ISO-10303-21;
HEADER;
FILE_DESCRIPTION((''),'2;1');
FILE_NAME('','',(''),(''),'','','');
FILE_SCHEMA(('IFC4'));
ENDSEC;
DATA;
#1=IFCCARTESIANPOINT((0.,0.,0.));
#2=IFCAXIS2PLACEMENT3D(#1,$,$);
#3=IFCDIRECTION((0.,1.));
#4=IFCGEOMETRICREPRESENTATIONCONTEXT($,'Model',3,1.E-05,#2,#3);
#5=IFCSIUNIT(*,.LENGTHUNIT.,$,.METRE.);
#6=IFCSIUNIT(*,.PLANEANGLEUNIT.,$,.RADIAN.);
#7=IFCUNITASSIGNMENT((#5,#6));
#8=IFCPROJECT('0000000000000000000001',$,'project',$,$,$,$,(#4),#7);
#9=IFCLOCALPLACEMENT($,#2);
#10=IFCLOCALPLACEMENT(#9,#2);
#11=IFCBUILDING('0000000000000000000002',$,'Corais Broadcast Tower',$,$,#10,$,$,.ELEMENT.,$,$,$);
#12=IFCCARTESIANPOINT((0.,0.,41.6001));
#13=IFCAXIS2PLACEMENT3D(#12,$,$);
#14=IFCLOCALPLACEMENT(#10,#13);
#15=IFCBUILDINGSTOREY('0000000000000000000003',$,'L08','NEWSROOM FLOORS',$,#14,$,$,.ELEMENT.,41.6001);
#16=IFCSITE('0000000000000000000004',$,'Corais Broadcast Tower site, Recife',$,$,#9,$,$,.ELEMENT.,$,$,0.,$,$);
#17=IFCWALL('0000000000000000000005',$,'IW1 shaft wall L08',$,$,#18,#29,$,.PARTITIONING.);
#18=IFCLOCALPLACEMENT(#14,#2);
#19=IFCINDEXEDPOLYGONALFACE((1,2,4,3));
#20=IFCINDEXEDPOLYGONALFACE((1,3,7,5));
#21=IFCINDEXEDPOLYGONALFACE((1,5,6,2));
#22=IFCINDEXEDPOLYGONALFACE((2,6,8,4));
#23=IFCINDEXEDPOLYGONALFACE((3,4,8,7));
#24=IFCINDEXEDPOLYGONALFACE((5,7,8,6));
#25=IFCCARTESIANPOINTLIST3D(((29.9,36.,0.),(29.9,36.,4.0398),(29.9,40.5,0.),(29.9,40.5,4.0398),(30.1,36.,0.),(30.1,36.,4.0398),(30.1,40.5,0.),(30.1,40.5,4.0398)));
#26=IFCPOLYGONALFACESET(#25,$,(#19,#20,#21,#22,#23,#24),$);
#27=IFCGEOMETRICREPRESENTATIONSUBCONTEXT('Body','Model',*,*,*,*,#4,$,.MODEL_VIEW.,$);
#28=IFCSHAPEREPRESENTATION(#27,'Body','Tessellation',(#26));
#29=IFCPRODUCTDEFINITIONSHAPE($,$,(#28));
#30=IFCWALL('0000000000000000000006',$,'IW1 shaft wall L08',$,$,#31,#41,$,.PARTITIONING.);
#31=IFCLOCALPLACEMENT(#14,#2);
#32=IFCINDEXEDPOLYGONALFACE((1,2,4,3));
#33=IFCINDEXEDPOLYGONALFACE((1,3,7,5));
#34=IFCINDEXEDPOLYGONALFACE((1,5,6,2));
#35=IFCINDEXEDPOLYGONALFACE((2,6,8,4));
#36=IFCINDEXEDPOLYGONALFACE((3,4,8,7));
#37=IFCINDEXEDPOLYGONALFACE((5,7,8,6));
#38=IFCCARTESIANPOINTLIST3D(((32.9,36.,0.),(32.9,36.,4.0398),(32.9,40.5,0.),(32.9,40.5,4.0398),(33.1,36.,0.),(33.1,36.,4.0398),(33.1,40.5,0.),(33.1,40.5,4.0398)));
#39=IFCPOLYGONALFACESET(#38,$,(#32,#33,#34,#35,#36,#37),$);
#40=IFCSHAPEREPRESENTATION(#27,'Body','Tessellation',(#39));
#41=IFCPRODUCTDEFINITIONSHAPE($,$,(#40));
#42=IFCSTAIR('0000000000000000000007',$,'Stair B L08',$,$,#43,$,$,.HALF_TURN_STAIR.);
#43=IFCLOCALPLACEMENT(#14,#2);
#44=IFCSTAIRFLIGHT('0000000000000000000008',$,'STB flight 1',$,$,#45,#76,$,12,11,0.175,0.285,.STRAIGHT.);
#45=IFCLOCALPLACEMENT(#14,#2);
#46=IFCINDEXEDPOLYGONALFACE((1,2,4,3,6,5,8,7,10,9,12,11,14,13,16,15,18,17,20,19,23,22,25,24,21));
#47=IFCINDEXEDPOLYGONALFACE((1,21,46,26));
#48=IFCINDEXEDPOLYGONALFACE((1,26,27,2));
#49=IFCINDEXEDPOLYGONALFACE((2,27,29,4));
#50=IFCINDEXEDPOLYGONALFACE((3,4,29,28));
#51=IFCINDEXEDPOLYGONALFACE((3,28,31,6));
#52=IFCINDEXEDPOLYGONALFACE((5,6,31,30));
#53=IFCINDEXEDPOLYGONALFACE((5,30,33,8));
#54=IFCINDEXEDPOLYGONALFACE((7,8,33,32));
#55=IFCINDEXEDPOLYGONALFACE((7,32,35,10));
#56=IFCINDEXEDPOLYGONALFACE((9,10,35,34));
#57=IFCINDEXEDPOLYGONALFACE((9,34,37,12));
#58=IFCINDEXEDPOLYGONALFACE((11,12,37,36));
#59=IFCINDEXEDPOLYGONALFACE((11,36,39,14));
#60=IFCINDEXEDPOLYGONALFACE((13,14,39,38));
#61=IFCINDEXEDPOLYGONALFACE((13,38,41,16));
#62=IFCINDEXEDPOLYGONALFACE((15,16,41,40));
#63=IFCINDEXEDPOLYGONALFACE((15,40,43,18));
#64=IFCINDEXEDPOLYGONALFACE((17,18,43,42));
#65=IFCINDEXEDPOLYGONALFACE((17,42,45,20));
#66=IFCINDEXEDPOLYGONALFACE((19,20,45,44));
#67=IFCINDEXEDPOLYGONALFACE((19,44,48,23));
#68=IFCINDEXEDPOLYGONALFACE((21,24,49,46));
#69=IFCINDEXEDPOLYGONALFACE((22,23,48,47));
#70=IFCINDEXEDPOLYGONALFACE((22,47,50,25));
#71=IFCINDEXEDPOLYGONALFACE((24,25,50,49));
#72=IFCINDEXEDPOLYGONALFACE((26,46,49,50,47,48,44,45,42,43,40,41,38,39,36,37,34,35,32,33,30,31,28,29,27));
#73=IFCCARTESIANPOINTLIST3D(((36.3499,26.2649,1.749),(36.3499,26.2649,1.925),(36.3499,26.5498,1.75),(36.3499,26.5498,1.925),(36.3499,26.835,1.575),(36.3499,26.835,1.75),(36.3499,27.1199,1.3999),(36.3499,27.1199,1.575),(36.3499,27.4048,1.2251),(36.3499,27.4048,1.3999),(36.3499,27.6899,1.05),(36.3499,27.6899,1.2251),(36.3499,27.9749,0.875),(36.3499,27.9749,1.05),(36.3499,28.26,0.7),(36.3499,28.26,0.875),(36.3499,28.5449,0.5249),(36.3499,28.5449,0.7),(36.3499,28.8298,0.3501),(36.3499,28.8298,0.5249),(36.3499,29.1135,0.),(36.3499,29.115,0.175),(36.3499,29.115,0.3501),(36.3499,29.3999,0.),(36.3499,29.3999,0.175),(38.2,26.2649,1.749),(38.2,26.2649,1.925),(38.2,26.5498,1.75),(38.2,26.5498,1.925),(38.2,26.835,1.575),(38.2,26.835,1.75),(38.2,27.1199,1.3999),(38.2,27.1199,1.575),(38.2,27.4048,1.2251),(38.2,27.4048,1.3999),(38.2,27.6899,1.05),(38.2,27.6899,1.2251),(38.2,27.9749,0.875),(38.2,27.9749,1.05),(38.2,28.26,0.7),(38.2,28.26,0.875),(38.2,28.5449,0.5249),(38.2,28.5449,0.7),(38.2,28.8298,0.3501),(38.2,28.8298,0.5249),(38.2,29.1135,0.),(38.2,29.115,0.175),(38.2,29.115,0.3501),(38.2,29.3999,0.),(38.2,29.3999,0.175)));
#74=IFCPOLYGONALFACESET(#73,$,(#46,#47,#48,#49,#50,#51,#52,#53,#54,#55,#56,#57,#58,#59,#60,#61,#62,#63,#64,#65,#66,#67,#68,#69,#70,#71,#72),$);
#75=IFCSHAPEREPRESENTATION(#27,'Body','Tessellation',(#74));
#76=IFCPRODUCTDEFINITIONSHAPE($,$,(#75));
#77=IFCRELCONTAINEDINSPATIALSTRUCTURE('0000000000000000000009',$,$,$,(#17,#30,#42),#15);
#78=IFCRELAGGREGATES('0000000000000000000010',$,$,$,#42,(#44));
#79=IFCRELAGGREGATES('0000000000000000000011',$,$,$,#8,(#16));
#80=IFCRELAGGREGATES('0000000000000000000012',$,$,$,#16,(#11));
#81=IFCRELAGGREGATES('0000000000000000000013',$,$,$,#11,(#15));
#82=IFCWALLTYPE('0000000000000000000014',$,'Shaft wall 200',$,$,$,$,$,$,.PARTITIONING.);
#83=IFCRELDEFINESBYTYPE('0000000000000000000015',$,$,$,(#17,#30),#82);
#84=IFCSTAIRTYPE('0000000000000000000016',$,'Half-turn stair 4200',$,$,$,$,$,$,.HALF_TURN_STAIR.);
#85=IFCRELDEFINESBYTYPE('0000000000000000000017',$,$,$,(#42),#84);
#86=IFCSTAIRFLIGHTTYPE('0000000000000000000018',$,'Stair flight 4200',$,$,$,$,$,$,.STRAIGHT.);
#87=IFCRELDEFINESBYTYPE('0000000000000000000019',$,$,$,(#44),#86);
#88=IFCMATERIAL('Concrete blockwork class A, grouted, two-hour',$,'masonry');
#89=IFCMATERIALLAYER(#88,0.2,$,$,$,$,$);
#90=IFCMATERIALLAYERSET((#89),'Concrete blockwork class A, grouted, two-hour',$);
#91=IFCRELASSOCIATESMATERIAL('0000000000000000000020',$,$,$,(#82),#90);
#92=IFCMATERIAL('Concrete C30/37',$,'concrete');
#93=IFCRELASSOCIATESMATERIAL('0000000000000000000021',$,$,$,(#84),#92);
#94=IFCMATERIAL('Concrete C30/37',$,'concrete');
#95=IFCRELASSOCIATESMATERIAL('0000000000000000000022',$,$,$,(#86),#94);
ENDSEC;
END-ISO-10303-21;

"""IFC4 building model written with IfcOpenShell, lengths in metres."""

from ifc_helpers import new_model, si_unit, direction, frame, frame_2d, origin, place, context, subcontext, project, spatial, polyline, rectangle, outline, extrude, material, layer, layer_set, type_object, element, aggregate, save


model = new_model("IFC4")

# Units and contexts
model_context = context("Model", 3, precision=1e-05, world=origin(), true_north=direction((0.0, 1.0)))
body_context = subcontext(model_context, "Body", "Model", "MODEL_VIEW")
ifc_project = project(units=[si_unit("LENGTHUNIT", "METRE"), si_unit("PLANEANGLEUNIT", "RADIAN")], contexts=[model_context])

# Site, building, storey
site_placement = place(None, origin())
site = spatial("IfcSite", under=ifc_project, at=site_placement, Name="Corais Broadcast Tower site, Recife", CompositionType="ELEMENT", RefElevation=0.0)
building_placement = place(site_placement, origin())
building = spatial("IfcBuilding", under=site, at=building_placement, Name="Corais Broadcast Tower", CompositionType="ELEMENT")
storey_placement = place(building_placement, frame((0.0, 0.0, 41.6001)))
storey = spatial("IfcBuildingStorey", under=building, at=storey_placement, Name="L08", Description="NEWSROOM FLOORS", CompositionType="ELEMENT", Elevation=41.6001)

# Walls
ifc_material_1 = material(Name="Concrete blockwork class A, grouted, two-hour", Category="masonry")
ifc_layer_1 = layer(ifc_material_1, 0.2)
ifc_layer_set_1 = layer_set([ifc_layer_1], Name="Concrete blockwork class A, grouted, two-hour")
wall_type_1 = type_object("IfcWallType", Name="Shaft wall 200", PredefinedType="PARTITIONING", material=ifc_layer_set_1)
for number, where, z_axis, x_axis, name in (
    (1, (30.0, 36.0, 0.0), (0.0, 0.0, 1.0), (0.0, 1.0, 0.0), "IW1 shaft wall L08"),
    (2, (33.0, 36.0, 0.0), (0.0, 0.0, 1.0), (0.0, 1.0, 0.0), "IW1 shaft wall L08"),
):
    element("IfcWall", number, at=place(storey_placement, frame(where, z_axis=z_axis, x_axis=x_axis)), inside=storey, type_object=wall_type_1, Name=name, PredefinedType="PARTITIONING", context=body_context, shape_type="SweptSolid", body=[
        extrude(rectangle(XDim=4.5, YDim=0.2, at=frame_2d((2.25, 0.0))), origin(), (0.0, 0.0, 1.0), 4.0398),
    ])

# Stair, stair flight
ifc_material_2 = material(Name="Concrete C30/37", Category="concrete")
stair_type = type_object("IfcStairType", Name="Half-turn stair 4200", PredefinedType="HALF_TURN_STAIR", material=ifc_material_2)
stair_placement = place(storey_placement, origin())
stair = element("IfcStair", 3, at=stair_placement, inside=storey, type_object=stair_type, Name="Stair B L08", PredefinedType="HALF_TURN_STAIR")
ifc_material_3 = material(Name="Concrete C30/37", Category="concrete")
stair_flight_type = type_object("IfcStairFlightType", Name="Stair flight 4200", PredefinedType="STRAIGHT", material=ifc_material_3)
stair_flight_placement = place(storey_placement, frame((37.2749, 29.3999, 0.0), z_axis=(0.0, 0.0, 1.0), x_axis=(0.0, -1.0, 0.0)))
stair_flight = element("IfcStairFlight", 4, at=stair_flight_placement, type_object=stair_flight_type, Name="STB flight 1", NumberOfRisers=12, NumberOfTreads=11, PredefinedType="STRAIGHT", RiserHeight=0.175, TreadLength=0.285, context=body_context, shape_type="SweptSolid", body=[
    extrude(outline(polyline([(0.0, 0.0), (0.0, 0.175), (0.2849, 0.175), (0.2849, 0.3501), (0.5701, 0.3501), (0.5701, 0.5249), (0.855, 0.5249), (0.855, 0.7), (1.1399, 0.7), (1.1399, 0.875), (1.425, 0.875), (1.425, 1.05), (1.71, 1.05), (1.71, 1.2251), (1.9951, 1.2251), (1.9951, 1.3999), (2.28, 1.3999), (2.28, 1.575), (2.5649, 1.575), (2.5649, 1.75), (2.8501, 1.75), (2.8501, 1.925), (3.135, 1.925), (3.135, 2.1001), (3.135, 1.749), (0.2864, 0.0), (0.0, 0.0)])), frame((0.0, 0.925, 0.0), z_axis=(0.0, -1.0, 0.0), x_axis=(1.0, 0.0, 0.0)), (0.0, 0.0, 1.0), 1.8501),
])
aggregate(stair, [stair_flight])

save(model, "model.ifc")
